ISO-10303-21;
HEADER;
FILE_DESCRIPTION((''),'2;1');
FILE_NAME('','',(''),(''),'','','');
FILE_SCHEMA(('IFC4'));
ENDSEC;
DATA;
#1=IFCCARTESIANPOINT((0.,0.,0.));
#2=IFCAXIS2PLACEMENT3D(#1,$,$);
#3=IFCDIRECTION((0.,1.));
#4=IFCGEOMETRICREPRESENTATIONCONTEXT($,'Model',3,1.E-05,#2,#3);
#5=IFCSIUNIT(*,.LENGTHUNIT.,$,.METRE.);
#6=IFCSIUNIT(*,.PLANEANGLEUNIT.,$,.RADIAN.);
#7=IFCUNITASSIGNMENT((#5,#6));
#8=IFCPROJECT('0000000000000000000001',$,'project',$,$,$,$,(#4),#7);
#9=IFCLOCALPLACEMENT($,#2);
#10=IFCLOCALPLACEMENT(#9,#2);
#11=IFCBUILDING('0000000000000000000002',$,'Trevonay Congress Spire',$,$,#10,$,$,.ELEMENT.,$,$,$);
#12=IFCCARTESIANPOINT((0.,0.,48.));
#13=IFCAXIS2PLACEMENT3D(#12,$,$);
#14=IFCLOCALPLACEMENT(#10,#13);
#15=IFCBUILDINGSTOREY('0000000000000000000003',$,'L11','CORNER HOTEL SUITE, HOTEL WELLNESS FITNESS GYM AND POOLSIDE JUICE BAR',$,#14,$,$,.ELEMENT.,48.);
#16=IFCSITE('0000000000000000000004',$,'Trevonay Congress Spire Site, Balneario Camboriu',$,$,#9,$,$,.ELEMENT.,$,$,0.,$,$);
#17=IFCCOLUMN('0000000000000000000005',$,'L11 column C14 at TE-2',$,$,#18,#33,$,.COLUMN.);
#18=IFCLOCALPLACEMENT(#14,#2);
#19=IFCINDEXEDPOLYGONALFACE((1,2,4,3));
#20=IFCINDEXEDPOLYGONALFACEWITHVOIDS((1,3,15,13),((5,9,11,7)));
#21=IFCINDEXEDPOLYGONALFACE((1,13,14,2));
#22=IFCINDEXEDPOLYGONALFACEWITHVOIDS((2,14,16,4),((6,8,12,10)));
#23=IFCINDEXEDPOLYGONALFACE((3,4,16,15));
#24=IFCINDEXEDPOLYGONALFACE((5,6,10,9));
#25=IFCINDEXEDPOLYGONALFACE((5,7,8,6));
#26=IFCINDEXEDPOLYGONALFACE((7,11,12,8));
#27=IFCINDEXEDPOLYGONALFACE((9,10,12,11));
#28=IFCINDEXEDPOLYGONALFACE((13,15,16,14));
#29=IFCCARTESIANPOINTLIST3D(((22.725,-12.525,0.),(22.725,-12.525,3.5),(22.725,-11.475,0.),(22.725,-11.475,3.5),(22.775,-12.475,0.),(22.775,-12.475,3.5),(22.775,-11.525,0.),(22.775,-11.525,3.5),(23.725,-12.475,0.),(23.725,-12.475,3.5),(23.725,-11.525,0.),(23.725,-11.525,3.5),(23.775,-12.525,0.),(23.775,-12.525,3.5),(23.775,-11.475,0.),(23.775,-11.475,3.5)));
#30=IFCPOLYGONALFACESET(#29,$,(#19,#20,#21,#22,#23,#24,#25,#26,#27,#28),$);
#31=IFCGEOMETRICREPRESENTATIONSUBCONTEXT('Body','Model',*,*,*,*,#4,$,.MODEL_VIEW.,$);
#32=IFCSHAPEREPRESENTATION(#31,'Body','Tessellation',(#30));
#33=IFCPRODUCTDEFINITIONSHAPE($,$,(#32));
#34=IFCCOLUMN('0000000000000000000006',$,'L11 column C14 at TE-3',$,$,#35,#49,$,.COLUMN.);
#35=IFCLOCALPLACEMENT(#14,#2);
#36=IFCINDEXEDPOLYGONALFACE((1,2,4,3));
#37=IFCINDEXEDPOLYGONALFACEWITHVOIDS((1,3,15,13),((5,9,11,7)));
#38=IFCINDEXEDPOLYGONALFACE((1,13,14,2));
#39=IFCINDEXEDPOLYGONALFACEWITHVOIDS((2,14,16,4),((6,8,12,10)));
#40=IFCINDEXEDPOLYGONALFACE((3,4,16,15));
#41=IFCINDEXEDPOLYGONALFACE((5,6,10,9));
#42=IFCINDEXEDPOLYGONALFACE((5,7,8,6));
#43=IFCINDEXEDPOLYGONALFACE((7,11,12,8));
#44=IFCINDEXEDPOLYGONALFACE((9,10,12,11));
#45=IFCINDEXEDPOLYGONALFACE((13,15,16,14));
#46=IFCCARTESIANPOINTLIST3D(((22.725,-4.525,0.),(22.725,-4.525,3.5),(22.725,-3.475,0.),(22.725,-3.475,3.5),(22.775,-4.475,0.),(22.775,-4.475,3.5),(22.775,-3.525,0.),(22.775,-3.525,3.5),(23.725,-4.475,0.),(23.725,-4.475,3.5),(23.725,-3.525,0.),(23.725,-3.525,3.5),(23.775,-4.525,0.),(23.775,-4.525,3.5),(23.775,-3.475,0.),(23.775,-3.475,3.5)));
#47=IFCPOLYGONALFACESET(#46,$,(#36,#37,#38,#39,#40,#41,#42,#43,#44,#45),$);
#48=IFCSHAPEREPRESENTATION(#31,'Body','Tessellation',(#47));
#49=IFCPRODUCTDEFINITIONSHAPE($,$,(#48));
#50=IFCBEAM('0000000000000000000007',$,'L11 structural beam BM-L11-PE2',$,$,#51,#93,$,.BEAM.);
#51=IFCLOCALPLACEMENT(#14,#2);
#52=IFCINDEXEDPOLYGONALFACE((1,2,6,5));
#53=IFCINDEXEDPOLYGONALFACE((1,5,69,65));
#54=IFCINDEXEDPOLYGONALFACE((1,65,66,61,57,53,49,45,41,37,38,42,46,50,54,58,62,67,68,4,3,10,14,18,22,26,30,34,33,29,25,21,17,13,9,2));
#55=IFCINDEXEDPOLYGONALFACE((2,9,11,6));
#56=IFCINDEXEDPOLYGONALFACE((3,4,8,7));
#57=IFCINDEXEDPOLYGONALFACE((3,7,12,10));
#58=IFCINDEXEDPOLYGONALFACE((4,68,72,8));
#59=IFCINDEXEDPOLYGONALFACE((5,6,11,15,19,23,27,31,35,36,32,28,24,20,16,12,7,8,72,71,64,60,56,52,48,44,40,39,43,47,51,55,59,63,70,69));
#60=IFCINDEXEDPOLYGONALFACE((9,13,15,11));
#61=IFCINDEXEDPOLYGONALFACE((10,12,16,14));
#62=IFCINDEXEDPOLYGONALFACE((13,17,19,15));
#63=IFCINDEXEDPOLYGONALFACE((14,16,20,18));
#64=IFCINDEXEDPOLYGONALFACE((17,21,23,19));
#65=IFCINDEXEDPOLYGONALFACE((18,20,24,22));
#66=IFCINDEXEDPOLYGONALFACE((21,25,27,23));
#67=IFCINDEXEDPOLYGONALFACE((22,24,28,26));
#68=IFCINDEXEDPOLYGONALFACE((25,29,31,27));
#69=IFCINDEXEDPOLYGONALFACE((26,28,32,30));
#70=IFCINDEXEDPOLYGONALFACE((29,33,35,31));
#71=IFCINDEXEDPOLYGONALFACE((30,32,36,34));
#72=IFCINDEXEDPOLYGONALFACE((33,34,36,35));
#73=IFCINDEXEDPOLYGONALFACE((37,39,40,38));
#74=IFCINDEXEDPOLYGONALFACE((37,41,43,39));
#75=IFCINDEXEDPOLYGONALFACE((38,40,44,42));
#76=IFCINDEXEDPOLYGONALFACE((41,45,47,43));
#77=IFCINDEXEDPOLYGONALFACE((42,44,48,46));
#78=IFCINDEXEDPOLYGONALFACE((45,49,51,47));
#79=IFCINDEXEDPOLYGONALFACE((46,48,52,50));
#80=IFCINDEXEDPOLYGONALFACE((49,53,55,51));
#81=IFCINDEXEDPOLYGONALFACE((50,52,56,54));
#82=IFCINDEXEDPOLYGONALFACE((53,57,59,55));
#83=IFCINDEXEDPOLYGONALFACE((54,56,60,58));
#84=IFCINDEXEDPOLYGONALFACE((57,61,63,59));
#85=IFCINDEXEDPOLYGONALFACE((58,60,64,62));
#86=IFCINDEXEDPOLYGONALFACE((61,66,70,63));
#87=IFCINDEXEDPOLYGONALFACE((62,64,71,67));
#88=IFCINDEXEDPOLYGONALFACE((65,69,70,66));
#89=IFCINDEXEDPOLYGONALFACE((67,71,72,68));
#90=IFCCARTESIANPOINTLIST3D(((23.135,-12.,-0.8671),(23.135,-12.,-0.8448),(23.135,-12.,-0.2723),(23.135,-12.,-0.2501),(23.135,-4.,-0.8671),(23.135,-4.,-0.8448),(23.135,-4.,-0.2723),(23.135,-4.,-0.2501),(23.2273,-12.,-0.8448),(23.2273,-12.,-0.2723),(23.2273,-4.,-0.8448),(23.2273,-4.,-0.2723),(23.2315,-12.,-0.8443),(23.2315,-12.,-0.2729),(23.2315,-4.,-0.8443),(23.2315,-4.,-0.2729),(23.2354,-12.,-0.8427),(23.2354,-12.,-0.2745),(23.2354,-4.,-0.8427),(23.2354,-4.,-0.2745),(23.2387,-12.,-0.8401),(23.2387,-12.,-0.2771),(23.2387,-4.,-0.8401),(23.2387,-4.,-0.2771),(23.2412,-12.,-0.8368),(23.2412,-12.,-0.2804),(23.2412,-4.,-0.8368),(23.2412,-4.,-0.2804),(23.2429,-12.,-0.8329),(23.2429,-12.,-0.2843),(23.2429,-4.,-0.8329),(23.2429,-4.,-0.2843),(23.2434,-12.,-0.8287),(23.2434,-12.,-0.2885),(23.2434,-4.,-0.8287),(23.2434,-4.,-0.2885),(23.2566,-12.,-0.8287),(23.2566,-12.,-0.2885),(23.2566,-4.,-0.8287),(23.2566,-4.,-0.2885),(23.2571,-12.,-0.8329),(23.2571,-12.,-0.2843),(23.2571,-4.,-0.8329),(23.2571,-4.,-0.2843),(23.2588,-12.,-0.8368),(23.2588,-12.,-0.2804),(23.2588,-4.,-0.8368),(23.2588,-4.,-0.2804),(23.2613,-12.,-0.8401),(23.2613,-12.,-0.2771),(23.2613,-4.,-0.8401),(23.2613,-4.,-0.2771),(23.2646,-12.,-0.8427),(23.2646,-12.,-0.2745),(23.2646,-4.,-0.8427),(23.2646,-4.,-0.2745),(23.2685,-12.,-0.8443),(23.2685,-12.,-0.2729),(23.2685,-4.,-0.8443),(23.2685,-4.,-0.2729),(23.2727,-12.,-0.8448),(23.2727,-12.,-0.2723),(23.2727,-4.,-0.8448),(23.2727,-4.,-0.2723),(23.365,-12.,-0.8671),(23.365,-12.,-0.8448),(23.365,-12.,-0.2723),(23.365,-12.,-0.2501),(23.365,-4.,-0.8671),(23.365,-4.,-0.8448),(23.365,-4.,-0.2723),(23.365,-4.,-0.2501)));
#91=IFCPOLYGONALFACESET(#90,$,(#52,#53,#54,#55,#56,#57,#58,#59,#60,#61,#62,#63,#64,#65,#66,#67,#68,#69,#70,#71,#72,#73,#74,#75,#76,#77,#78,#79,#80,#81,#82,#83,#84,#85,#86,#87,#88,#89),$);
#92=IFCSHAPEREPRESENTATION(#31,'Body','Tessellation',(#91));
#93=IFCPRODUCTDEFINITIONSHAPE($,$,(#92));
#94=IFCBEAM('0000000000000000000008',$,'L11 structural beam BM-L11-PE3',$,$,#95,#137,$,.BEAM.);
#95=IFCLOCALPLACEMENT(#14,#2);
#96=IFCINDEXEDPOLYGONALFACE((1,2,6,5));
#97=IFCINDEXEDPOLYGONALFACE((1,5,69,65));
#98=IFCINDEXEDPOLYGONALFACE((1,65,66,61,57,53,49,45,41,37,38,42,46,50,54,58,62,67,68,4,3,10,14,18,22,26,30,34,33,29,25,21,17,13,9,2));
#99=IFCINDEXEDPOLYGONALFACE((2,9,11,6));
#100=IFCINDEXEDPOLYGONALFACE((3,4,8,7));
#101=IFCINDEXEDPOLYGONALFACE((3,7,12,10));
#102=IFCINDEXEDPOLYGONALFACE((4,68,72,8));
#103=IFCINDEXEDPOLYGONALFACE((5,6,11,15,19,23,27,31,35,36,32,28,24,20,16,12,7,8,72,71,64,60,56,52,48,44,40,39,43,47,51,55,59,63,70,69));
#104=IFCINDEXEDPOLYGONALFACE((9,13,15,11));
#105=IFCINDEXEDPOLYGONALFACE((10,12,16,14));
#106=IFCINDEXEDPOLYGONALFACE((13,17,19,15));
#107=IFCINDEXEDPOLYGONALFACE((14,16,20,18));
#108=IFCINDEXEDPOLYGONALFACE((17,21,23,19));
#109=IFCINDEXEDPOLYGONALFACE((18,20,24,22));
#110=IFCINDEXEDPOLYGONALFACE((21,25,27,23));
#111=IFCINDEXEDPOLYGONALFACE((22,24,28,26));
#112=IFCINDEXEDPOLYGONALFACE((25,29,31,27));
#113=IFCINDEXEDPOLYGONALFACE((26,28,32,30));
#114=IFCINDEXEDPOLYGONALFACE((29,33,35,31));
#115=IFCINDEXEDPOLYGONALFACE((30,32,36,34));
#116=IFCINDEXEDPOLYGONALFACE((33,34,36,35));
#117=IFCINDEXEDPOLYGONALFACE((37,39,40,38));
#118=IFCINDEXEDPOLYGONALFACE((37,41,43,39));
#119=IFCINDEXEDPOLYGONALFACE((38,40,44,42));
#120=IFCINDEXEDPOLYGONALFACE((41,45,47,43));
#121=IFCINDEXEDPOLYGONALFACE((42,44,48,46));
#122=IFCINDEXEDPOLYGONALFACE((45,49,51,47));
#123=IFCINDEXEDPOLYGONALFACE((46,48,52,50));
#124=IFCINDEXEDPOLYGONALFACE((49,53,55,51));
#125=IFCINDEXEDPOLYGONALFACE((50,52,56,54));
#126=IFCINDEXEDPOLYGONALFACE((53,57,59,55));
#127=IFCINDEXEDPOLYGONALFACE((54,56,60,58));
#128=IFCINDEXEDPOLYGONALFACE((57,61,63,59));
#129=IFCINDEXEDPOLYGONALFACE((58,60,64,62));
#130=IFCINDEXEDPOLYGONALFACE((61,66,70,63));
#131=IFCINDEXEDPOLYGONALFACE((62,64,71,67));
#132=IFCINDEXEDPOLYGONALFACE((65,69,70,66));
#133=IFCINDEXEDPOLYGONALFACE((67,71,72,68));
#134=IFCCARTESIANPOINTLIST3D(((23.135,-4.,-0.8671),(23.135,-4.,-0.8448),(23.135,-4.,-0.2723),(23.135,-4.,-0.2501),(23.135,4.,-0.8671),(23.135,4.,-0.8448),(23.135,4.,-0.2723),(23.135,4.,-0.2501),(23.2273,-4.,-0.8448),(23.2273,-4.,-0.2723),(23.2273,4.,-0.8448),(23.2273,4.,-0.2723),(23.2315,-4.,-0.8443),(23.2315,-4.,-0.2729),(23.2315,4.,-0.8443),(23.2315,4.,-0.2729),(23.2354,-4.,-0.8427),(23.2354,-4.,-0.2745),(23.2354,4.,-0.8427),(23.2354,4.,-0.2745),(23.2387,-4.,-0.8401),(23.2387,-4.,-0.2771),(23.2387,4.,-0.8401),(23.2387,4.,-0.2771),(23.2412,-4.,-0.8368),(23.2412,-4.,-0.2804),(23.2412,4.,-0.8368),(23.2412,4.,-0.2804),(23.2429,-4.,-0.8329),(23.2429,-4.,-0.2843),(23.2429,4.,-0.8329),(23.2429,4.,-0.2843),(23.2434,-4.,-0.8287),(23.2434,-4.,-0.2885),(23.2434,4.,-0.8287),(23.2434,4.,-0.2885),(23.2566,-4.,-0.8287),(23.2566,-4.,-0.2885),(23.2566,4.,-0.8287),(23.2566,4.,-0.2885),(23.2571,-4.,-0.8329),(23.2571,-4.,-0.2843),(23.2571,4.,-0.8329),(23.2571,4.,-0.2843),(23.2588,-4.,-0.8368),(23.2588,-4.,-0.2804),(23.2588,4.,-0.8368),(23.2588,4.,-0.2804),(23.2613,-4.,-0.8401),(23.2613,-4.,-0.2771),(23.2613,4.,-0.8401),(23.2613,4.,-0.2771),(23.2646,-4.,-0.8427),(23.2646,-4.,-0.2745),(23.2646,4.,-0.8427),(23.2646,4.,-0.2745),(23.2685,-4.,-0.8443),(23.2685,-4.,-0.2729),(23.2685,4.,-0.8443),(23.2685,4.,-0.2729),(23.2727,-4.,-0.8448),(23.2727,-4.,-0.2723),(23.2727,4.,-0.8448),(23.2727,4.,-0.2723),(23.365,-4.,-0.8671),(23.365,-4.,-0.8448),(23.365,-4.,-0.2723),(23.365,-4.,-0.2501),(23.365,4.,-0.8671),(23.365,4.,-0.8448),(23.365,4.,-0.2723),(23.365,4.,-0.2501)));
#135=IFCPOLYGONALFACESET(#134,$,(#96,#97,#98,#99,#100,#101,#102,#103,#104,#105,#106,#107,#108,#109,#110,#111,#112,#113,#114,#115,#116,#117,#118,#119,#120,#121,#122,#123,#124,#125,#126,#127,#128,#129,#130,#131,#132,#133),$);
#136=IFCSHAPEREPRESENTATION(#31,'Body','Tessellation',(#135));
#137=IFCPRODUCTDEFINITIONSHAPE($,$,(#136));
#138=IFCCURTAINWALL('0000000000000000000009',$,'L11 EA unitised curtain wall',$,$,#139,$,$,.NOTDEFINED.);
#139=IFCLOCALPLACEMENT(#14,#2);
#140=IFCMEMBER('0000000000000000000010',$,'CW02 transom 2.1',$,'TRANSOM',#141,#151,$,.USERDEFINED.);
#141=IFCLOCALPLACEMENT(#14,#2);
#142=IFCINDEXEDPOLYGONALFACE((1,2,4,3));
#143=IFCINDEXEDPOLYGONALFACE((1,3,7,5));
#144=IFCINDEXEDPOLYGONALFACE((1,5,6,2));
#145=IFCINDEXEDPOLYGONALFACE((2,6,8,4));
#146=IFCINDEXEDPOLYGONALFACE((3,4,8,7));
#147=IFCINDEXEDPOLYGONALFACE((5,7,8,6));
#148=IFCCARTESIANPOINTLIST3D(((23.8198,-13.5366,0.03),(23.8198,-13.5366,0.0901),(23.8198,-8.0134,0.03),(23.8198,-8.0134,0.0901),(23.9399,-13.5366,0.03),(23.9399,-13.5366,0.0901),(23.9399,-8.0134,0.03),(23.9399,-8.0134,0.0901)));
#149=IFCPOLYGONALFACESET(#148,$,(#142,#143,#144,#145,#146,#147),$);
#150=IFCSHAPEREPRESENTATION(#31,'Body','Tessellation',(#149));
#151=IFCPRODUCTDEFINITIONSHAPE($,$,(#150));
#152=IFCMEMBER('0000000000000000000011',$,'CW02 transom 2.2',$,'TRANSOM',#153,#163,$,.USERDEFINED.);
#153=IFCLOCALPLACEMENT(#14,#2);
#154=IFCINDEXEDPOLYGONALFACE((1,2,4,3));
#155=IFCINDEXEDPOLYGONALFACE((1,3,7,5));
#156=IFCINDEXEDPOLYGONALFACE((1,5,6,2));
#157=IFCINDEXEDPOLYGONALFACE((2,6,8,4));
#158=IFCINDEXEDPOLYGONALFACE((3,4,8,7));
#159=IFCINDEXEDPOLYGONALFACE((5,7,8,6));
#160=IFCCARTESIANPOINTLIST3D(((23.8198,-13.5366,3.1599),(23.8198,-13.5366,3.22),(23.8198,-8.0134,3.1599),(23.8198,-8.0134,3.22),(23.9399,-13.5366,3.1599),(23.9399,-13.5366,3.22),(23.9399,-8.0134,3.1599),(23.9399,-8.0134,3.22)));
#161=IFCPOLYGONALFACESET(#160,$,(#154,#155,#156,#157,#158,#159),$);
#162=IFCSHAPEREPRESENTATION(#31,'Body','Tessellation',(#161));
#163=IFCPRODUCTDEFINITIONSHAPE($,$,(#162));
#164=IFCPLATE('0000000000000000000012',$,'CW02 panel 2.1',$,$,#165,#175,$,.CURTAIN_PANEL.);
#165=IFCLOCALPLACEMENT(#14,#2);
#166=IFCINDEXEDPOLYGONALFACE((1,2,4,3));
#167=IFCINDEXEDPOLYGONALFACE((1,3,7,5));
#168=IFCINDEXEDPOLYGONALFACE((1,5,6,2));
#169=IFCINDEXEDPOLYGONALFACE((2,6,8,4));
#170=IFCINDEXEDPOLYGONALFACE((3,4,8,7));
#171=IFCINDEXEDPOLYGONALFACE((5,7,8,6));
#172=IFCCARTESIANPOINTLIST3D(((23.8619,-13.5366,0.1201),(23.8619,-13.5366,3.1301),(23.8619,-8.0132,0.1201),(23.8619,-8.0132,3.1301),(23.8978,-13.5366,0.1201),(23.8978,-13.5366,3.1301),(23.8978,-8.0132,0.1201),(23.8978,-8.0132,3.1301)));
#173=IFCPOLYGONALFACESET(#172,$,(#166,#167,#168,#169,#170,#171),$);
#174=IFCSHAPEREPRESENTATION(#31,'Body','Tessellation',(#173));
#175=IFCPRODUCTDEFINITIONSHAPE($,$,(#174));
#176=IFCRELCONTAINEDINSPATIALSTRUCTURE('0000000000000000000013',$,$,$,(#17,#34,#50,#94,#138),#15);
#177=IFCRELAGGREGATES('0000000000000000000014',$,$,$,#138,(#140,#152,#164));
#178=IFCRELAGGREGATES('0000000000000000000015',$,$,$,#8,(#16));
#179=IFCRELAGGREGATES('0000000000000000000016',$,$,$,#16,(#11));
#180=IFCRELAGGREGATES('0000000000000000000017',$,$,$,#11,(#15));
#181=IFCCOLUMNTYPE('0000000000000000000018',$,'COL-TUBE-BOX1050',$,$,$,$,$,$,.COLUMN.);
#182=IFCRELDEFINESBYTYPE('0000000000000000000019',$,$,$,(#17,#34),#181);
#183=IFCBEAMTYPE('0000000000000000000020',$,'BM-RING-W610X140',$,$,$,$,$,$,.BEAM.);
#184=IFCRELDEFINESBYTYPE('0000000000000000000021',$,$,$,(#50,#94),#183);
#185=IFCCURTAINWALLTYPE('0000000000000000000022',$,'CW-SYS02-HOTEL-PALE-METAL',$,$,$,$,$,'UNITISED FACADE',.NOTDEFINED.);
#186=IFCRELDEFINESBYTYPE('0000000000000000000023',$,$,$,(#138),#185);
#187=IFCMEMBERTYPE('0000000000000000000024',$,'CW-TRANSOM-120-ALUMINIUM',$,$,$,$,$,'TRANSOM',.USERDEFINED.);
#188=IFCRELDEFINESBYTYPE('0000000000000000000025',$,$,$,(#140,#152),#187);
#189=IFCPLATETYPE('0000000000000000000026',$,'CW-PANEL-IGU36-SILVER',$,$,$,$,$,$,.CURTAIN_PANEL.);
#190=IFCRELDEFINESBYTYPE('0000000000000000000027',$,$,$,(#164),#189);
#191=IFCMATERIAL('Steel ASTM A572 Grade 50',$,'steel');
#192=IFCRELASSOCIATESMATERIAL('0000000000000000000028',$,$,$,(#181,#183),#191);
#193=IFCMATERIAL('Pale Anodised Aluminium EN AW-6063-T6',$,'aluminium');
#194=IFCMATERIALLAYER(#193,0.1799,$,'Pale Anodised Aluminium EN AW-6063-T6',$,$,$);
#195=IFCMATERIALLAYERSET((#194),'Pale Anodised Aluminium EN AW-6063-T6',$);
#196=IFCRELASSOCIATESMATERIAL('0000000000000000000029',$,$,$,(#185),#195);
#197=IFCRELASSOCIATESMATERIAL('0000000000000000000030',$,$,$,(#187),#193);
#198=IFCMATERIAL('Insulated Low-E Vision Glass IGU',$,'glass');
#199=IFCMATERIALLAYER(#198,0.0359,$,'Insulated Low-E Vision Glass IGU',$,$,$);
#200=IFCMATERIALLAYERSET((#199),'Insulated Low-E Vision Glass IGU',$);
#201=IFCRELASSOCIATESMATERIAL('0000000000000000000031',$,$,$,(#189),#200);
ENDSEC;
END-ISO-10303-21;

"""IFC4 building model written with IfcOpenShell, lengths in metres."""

from ifc_helpers import new_model, si_unit, direction, frame, origin, origin_2d, place, context, subcontext, project, spatial, rectangle, hollow_rectangle, i_section, extrude, material, layer, layer_set, material_profile, profile_set, type_object, element, aggregate, save


model = new_model("IFC4")

# Units and contexts
model_context = context("Model", 3, precision=1e-05, world=origin(), true_north=direction((0.0, 1.0)))
body_context = subcontext(model_context, "Body", "Model", "MODEL_VIEW")
ifc_project = project(units=[si_unit("LENGTHUNIT", "METRE"), si_unit("PLANEANGLEUNIT", "RADIAN")], contexts=[model_context])

# Site, building, storey
site_placement = place(None, origin())
site = spatial("IfcSite", under=ifc_project, at=site_placement, Name="Trevonay Congress Spire Site, Balneario Camboriu", CompositionType="ELEMENT", RefElevation=0.0)
building_placement = place(site_placement, origin())
building = spatial("IfcBuilding", under=site, at=building_placement, Name="Trevonay Congress Spire", CompositionType="ELEMENT")
storey_placement = place(building_placement, frame((0.0, 0.0, 48.0)))
storey = spatial("IfcBuildingStorey", under=building, at=storey_placement, Name="L11", Description="CORNER HOTEL SUITE, HOTEL WELLNESS FITNESS GYM AND POOLSIDE JUICE BAR", CompositionType="ELEMENT", Elevation=48.0)

# Columns
ifc_material_1 = material(Name="Steel ASTM A572 Grade 50", Category="steel")
ifc_material_profile_1 = material_profile(ifc_material_1, hollow_rectangle(XDim=1.05, YDim=1.05, WallThickness=0.05, at=origin_2d()), Name="BOX 1050x1050x50")
ifc_profile_set_1 = profile_set([ifc_material_profile_1], Name="Steel ASTM A572 Grade 50")
column_type = type_object("IfcColumnType", Name="COL-TUBE-BOX1050", PredefinedType="COLUMN", material=ifc_profile_set_1)
for number, where, z_axis, x_axis, name in (
    (1, (23.25, -12.0, 0.0), (0.0, 0.0, 1.0), (1.0, 0.0, 0.0), "L11 column C14 at TE-2"),
    (2, (23.25, -4.0, 0.0), (0.0, 0.0, 1.0), (1.0, 0.0, 0.0), "L11 column C14 at TE-3"),
):
    element("IfcColumn", number, at=place(storey_placement, frame(where, z_axis=z_axis, x_axis=x_axis)), inside=storey, type_object=column_type, Name=name, PredefinedType="COLUMN", context=body_context, shape_type="SweptSolid", body=[
        extrude(hollow_rectangle(XDim=1.05, YDim=1.05, WallThickness=0.05, at=origin_2d()), origin(), (0.0, 0.0, 1.0), 3.5),
    ])

# Beams
ifc_material_profile_2 = material_profile(ifc_material_1, i_section(OverallWidth=0.23, OverallDepth=0.6169, WebThickness=0.0132, FlangeThickness=0.0222, FilletRadius=0.0161, at=origin_2d()), Name="W610x140")
ifc_profile_set_2 = profile_set([ifc_material_profile_2], Name="Steel ASTM A572 Grade 50")
beam_type = type_object("IfcBeamType", Name="BM-RING-W610X140", PredefinedType="BEAM", material=ifc_profile_set_2)
for number, where, z_axis, x_axis, name in (
    (3, (23.25, -12.0, -0.5586), (0.0, 1.0, 0.0), (-1.0, 0.0, 0.0), "L11 structural beam BM-L11-PE2"),
    (4, (23.25, -4.0, -0.5586), (0.0, 1.0, 0.0), (-1.0, 0.0, 0.0), "L11 structural beam BM-L11-PE3"),
):
    element("IfcBeam", number, at=place(storey_placement, frame(where, z_axis=z_axis, x_axis=x_axis)), inside=storey, type_object=beam_type, Name=name, PredefinedType="BEAM", context=body_context, shape_type="SweptSolid", body=[
        extrude(i_section(OverallWidth=0.23, OverallDepth=0.6169, WebThickness=0.0132, FlangeThickness=0.0222, FilletRadius=0.0161, at=origin_2d()), origin(), (0.0, 0.0, 1.0), 8.0),
    ])

# Curtain wall, members, plate
ifc_material_2 = material(Name="Pale Anodised Aluminium EN AW-6063-T6", Category="aluminium")
ifc_layer_1 = layer(ifc_material_2, 0.1799, Name="Pale Anodised Aluminium EN AW-6063-T6")
ifc_layer_set_1 = layer_set([ifc_layer_1], Name="Pale Anodised Aluminium EN AW-6063-T6")
curtain_wall_type = type_object("IfcCurtainWallType", Name="CW-SYS02-HOTEL-PALE-METAL", ElementType="UNITISED FACADE", PredefinedType="NOTDEFINED", material=ifc_layer_set_1)
curtain_wall_placement = place(storey_placement, origin())
curtain_wall = element("IfcCurtainWall", 5, at=curtain_wall_placement, inside=storey, type_object=curtain_wall_type, Name="L11 EA unitised curtain wall", PredefinedType="NOTDEFINED")
ifc_material_profile_3 = material_profile(ifc_material_2, rectangle(XDim=0.1201, YDim=0.0601, at=origin_2d()), Name="CW-TRANSOM-120-ALUMINIUM")
ifc_profile_set_3 = profile_set([ifc_material_profile_3], Name="Pale Anodised Aluminium EN AW-6063-T6")
member_type = type_object("IfcMemberType", Name="CW-TRANSOM-120-ALUMINIUM", ElementType="TRANSOM", PredefinedType="USERDEFINED", material=ifc_profile_set_3)
member_1_placement = place(storey_placement, frame((23.8799, -13.5366, 0.0601), z_axis=(0.0, 1.0, 0.0), x_axis=(-1.0, 0.0, 0.0)))
member_1 = element("IfcMember", 6, at=member_1_placement, type_object=member_type, Name="CW02 transom 2.1", ObjectType="TRANSOM", PredefinedType="USERDEFINED", context=body_context, shape_type="SweptSolid", body=[
    extrude(rectangle(XDim=0.1201, YDim=0.0601, at=origin_2d()), origin(), (0.0, 0.0, 1.0), 5.5232),
])
member_2_placement = place(storey_placement, frame((23.8799, -13.5366, 3.1899), z_axis=(0.0, 1.0, 0.0), x_axis=(-1.0, 0.0, 0.0)))
member_2 = element("IfcMember", 7, at=member_2_placement, type_object=member_type, Name="CW02 transom 2.2", ObjectType="TRANSOM", PredefinedType="USERDEFINED", context=body_context, shape_type="SweptSolid", body=[
    extrude(rectangle(XDim=0.1201, YDim=0.0601, at=origin_2d()), origin(), (0.0, 0.0, 1.0), 5.5232),
])
ifc_material_3 = material(Name="Insulated Low-E Vision Glass IGU", Category="glass")
ifc_layer_2 = layer(ifc_material_3, 0.0359, Name="Insulated Low-E Vision Glass IGU")
ifc_layer_set_2 = layer_set([ifc_layer_2], Name="Insulated Low-E Vision Glass IGU")
plate_type = type_object("IfcPlateType", Name="CW-PANEL-IGU36-SILVER", PredefinedType="CURTAIN_PANEL", material=ifc_layer_set_2)
plate_placement = place(storey_placement, frame((23.8799, -10.7749, 0.1201), z_axis=(0.0, 0.0, 1.0), x_axis=(0.0, 1.0, 0.0)))
plate = element("IfcPlate", 8, at=plate_placement, type_object=plate_type, Name="CW02 panel 2.1", PredefinedType="CURTAIN_PANEL", context=body_context, shape_type="SweptSolid", body=[
    extrude(rectangle(XDim=5.5234, YDim=0.0359, at=origin_2d()), origin(), (0.0, 0.0, 1.0), 3.01),
])
aggregate(curtain_wall, [member_1, member_2, plate])

save(model, "model.ifc")
